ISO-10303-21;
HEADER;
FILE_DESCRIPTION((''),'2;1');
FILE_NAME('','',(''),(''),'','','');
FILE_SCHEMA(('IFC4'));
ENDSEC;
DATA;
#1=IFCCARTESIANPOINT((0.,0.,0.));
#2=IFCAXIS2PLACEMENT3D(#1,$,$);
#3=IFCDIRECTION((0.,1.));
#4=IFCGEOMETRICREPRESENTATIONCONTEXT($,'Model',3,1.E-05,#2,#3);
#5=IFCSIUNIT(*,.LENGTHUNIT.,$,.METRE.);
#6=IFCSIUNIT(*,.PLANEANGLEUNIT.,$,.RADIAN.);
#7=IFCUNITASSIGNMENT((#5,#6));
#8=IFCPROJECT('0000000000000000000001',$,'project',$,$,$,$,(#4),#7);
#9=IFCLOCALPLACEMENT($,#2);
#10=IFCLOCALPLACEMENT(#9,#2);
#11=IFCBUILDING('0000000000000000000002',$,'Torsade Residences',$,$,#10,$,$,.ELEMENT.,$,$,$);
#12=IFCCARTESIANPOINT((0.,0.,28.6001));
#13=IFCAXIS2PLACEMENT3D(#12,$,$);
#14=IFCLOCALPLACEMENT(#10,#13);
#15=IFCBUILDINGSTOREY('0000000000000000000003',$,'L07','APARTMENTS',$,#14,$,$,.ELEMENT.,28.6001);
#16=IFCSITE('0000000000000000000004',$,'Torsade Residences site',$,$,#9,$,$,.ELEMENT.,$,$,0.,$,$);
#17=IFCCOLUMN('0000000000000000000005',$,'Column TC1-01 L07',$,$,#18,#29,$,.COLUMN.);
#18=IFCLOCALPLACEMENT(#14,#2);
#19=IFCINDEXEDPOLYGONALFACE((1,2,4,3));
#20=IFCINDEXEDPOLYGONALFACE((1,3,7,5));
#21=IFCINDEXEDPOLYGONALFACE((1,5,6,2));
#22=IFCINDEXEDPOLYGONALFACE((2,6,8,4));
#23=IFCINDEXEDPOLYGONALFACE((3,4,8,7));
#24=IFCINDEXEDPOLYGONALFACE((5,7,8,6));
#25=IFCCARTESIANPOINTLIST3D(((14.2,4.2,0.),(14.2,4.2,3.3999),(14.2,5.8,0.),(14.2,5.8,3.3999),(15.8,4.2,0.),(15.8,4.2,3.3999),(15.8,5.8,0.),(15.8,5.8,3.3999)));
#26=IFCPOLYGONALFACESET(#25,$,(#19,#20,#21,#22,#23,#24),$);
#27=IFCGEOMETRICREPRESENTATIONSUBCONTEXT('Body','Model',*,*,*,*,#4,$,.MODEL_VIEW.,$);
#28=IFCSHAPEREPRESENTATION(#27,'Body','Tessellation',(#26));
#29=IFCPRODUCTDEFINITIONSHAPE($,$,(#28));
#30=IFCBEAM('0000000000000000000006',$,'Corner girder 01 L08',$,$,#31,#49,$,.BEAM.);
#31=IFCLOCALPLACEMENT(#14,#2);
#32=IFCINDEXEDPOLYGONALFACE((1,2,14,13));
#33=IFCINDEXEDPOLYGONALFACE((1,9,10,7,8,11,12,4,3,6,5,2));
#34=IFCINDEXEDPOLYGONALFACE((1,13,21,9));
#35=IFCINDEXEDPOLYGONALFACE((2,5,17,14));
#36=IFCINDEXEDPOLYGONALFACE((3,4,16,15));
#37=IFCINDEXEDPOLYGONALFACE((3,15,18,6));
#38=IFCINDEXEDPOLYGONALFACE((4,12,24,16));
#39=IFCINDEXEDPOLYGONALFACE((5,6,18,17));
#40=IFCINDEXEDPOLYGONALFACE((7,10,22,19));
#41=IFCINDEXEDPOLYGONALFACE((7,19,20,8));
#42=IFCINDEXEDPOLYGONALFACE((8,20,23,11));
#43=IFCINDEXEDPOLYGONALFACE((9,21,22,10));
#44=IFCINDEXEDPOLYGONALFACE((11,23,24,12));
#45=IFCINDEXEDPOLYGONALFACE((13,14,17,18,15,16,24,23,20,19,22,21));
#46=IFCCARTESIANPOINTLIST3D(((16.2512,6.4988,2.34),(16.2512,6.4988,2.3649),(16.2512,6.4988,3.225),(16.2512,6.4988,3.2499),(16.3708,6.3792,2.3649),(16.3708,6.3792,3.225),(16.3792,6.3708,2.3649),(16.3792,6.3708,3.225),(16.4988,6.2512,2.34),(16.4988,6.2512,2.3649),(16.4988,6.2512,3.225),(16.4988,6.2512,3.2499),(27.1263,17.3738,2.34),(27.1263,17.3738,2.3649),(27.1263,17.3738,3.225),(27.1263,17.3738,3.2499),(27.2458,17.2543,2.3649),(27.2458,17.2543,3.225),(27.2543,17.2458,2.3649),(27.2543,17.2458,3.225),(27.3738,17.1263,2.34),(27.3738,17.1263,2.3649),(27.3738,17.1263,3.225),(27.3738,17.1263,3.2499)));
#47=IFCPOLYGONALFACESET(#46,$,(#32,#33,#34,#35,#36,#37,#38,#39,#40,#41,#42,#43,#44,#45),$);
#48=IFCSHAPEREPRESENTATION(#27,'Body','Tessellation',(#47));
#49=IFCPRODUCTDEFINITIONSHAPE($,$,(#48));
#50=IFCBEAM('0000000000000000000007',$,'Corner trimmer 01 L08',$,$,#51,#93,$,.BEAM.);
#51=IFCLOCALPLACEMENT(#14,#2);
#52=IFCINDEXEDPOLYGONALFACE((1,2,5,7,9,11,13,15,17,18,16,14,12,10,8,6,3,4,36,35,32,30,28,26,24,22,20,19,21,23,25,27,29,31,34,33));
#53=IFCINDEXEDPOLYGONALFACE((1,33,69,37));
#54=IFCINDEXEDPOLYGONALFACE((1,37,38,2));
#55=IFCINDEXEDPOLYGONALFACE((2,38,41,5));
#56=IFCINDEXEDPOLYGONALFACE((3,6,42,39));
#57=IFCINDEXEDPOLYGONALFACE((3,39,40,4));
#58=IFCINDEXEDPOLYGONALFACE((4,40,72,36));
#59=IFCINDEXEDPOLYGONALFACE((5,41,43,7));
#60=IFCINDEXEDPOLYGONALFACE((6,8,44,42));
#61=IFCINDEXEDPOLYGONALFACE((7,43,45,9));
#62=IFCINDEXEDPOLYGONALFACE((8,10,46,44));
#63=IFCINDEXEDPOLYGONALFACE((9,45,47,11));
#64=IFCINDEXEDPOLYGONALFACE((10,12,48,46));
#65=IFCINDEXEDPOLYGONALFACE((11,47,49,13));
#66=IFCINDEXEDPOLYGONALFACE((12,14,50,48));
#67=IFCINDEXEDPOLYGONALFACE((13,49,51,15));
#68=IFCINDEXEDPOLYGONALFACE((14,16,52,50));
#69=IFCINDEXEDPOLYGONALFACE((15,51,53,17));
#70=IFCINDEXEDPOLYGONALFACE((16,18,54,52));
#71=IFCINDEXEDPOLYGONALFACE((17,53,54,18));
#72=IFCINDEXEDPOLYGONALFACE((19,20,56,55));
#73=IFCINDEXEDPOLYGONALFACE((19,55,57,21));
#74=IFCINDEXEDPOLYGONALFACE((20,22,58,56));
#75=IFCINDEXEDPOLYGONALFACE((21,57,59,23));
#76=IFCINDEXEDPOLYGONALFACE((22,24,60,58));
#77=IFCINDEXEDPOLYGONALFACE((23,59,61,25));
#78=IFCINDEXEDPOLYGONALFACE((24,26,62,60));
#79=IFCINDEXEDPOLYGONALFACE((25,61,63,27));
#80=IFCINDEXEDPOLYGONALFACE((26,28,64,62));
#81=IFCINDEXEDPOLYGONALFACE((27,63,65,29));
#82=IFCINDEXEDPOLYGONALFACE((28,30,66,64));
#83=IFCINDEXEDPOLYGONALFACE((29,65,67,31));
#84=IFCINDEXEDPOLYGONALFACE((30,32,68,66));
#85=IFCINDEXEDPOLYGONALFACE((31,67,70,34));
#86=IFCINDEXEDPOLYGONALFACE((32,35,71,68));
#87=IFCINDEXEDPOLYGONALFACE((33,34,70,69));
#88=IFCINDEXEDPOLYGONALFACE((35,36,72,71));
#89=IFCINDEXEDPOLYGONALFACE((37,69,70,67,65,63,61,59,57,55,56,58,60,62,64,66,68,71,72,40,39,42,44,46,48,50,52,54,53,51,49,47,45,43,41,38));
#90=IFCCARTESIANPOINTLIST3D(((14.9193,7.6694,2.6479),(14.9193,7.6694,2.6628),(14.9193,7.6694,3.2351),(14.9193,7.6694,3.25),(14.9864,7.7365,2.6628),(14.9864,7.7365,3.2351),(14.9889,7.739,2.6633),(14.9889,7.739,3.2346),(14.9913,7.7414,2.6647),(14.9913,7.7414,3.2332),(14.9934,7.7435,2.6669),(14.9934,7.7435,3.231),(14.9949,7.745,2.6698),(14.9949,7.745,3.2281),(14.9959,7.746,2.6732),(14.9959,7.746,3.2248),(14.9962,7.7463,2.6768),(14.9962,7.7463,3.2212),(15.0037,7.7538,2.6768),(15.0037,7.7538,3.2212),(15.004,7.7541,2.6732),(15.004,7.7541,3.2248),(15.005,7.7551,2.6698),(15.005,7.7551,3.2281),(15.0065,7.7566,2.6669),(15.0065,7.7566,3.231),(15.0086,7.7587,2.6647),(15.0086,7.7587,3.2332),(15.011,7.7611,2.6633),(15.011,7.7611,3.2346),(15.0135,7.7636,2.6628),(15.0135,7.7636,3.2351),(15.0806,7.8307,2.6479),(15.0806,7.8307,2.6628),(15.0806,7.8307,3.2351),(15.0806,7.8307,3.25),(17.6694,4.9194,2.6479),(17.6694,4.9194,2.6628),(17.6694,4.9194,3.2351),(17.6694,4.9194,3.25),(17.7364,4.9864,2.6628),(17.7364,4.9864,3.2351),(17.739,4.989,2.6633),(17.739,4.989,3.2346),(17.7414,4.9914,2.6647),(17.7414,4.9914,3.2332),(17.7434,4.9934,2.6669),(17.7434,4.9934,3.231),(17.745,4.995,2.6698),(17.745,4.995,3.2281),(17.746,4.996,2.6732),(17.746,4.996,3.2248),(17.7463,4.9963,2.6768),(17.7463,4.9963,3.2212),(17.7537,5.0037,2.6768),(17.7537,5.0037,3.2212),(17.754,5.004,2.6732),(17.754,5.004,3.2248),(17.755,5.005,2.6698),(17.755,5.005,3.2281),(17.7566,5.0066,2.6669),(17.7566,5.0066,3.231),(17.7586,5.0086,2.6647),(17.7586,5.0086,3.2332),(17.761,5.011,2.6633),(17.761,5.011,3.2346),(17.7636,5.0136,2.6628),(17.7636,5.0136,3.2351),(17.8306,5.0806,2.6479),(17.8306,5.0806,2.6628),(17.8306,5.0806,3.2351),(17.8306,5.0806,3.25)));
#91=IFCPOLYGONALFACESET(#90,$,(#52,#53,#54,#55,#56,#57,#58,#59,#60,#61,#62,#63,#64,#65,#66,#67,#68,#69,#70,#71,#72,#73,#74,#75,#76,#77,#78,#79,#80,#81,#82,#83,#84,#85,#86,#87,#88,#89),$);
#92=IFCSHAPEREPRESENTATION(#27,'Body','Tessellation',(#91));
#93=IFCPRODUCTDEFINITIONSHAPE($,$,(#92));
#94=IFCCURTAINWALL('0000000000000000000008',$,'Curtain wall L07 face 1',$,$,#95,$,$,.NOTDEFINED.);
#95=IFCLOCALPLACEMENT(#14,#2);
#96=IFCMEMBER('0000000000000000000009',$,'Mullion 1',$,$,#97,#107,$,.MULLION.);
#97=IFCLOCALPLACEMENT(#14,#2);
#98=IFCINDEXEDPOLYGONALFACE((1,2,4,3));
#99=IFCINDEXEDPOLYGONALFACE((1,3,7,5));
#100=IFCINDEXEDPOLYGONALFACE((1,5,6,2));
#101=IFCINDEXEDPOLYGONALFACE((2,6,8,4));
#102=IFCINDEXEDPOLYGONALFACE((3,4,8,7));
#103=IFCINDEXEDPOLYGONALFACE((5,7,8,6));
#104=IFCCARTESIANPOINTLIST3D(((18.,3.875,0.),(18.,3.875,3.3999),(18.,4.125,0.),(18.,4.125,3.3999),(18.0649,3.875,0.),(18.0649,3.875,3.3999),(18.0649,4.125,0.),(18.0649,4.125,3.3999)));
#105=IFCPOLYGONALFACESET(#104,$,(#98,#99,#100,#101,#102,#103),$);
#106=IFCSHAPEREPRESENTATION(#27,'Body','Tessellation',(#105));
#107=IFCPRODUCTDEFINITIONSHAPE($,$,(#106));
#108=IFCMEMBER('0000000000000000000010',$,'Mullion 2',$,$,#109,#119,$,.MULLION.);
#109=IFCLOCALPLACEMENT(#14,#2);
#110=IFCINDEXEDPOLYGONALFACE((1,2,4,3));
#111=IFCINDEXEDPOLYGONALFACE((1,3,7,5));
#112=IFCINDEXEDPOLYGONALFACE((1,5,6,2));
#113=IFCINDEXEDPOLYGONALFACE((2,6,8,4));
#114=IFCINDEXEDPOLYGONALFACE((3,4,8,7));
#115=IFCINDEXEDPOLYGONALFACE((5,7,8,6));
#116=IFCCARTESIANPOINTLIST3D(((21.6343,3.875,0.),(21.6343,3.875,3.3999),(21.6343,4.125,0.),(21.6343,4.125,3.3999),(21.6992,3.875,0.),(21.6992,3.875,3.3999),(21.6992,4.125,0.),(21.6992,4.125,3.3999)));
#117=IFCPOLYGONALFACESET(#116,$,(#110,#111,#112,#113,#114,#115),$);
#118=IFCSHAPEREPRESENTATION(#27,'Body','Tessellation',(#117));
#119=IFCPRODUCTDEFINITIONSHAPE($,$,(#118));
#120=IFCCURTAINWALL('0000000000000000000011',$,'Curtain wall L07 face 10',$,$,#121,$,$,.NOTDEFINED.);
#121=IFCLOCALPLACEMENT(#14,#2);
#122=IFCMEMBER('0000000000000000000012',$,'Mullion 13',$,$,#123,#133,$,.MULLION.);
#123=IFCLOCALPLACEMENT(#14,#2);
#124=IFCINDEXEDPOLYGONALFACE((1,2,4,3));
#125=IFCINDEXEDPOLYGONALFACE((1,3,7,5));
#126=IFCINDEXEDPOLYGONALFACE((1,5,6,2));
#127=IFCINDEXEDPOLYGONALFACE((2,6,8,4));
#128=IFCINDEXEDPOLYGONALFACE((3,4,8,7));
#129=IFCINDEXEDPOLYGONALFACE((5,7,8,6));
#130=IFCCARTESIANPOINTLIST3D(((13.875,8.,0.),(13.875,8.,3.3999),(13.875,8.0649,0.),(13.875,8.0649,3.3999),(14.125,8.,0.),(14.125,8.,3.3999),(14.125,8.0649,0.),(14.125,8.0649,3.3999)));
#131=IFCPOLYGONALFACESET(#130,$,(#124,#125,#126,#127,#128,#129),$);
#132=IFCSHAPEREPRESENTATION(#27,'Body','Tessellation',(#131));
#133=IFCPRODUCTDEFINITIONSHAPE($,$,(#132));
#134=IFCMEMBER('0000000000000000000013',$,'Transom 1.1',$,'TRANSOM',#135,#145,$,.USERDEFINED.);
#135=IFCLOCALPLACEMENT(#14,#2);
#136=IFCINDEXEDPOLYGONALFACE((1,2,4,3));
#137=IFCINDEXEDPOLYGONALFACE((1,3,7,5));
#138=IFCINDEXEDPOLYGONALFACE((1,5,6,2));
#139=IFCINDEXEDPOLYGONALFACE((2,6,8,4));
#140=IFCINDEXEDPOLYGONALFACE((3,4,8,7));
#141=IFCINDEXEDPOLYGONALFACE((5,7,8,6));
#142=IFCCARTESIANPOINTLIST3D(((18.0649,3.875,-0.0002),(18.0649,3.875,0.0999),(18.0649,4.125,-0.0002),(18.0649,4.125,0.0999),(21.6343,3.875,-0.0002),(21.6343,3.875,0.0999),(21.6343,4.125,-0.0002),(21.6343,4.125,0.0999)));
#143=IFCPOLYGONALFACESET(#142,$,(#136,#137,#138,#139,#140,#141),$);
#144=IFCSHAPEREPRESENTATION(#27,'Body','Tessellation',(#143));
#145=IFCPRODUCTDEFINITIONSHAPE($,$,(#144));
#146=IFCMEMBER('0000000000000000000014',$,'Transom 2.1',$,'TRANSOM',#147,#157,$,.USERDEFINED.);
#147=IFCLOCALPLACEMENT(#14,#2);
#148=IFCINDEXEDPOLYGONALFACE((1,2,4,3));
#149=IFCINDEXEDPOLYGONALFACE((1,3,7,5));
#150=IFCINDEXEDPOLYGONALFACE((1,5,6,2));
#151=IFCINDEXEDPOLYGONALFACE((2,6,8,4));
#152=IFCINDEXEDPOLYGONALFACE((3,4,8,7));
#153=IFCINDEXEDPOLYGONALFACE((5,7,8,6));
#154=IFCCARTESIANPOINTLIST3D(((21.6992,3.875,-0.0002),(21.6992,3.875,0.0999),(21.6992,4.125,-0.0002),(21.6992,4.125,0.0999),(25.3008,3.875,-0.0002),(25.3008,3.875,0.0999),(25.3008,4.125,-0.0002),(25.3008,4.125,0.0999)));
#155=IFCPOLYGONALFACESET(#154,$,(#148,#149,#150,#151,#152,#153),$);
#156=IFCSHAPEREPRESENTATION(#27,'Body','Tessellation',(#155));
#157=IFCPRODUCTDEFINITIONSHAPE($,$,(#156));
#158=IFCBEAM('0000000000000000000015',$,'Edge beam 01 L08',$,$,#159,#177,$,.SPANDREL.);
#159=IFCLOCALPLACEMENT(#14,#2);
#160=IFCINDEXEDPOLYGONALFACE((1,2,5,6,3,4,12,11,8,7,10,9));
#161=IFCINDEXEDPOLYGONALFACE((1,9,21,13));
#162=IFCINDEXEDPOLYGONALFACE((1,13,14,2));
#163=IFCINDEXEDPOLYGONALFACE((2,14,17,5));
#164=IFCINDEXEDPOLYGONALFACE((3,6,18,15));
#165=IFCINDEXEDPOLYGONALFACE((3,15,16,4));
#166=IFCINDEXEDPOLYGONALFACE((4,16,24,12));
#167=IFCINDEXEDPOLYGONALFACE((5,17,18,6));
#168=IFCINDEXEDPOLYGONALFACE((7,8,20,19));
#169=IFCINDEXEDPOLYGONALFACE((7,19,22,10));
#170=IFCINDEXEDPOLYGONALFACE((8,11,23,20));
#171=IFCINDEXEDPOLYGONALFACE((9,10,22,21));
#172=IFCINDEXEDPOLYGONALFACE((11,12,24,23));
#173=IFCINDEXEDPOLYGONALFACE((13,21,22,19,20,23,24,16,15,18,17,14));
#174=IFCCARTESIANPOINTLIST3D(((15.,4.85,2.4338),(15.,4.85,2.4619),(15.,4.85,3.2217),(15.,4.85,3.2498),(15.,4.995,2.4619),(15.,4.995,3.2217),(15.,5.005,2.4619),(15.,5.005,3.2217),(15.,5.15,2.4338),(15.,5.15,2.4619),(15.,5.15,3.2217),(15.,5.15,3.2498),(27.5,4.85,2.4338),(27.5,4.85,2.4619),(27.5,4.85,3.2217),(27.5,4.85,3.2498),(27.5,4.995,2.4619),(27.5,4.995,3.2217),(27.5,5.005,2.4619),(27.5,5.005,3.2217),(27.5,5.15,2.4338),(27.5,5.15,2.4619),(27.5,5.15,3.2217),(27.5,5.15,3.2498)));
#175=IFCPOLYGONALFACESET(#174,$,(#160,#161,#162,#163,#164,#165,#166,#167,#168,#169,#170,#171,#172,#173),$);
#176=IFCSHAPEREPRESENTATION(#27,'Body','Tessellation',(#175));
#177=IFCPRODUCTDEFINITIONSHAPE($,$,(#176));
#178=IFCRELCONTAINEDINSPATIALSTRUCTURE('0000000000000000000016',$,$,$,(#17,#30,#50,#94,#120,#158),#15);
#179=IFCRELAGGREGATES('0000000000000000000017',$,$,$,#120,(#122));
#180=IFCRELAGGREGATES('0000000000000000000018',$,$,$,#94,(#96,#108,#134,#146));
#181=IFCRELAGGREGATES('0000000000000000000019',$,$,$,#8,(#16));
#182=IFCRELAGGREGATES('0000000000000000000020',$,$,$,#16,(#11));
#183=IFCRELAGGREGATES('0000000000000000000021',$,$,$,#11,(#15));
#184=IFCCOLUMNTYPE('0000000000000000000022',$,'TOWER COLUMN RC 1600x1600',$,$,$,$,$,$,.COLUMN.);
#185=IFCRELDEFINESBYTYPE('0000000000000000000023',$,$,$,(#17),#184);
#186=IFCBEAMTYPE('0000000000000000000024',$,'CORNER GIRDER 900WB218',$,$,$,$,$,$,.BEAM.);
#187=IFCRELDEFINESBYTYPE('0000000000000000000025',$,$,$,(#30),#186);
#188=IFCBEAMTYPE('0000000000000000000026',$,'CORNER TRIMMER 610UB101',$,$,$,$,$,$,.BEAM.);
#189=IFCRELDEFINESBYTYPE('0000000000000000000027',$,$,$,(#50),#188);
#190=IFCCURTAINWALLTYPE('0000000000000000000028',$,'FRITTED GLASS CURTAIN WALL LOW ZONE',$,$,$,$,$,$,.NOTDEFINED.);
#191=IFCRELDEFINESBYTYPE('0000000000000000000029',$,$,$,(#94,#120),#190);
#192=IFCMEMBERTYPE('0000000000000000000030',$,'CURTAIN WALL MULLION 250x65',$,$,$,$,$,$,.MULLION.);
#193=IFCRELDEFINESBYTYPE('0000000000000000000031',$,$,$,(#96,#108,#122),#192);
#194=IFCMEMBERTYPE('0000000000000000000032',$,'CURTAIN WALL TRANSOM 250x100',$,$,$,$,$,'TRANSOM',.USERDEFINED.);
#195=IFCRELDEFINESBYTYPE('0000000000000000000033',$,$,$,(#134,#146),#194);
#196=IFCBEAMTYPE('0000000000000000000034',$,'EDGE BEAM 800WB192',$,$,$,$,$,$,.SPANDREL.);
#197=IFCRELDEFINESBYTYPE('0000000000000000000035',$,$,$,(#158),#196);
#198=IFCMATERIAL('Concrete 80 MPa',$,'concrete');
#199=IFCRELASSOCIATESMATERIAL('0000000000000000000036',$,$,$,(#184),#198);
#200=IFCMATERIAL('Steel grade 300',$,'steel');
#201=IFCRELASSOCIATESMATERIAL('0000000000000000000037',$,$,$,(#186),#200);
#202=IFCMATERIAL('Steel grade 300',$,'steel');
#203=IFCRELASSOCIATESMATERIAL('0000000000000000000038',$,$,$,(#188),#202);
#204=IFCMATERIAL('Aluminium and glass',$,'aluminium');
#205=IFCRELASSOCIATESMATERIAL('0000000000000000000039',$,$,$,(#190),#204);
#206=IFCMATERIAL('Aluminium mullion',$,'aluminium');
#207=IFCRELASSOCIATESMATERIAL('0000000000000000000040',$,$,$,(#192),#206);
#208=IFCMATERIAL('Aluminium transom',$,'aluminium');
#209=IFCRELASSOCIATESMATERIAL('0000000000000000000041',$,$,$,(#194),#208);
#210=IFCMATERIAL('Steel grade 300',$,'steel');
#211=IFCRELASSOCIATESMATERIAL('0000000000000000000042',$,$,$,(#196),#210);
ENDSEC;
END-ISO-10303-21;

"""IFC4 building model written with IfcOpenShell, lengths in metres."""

from ifc_helpers import new_model, si_unit, direction, frame, origin, origin_2d, place, context, subcontext, project, spatial, rectangle, i_section, extrude, material, material_profile, profile_set, type_object, element, aggregate, save


model = new_model("IFC4")

# Units and contexts
model_context = context("Model", 3, precision=1e-05, world=origin(), true_north=direction((0.0, 1.0)))
body_context = subcontext(model_context, "Body", "Model", "MODEL_VIEW")
ifc_project = project(units=[si_unit("LENGTHUNIT", "METRE"), si_unit("PLANEANGLEUNIT", "RADIAN")], contexts=[model_context])

# Site, building, storey
site_placement = place(None, origin())
site = spatial("IfcSite", under=ifc_project, at=site_placement, Name="Torsade Residences site", CompositionType="ELEMENT", RefElevation=0.0)
building_placement = place(site_placement, origin())
building = spatial("IfcBuilding", under=site, at=building_placement, Name="Torsade Residences", CompositionType="ELEMENT")
storey_placement = place(building_placement, frame((0.0, 0.0, 28.6001)))
storey = spatial("IfcBuildingStorey", under=building, at=storey_placement, Name="L07", Description="APARTMENTS", CompositionType="ELEMENT", Elevation=28.6001)

# Column
ifc_material_1 = material(Name="Concrete 80 MPa", Category="concrete")
ifc_material_profile_1 = material_profile(ifc_material_1, rectangle(XDim=1.6001, YDim=1.6001, at=origin_2d()), Name="RC 1600x1600")
ifc_profile_set_1 = profile_set([ifc_material_profile_1], Name="Concrete 80 MPa")
column_type = type_object("IfcColumnType", Name="TOWER COLUMN RC 1600x1600", PredefinedType="COLUMN", material=ifc_profile_set_1)
column_placement = place(storey_placement, frame((15.0, 5.0, 0.0), z_axis=(0.0, 0.0, 1.0), x_axis=(1.0, 0.0, 0.0)))
element("IfcColumn", 1, at=column_placement, inside=storey, type_object=column_type, Name="Column TC1-01 L07", PredefinedType="COLUMN", context=body_context, shape_type="SweptSolid", body=[
    extrude(rectangle(XDim=1.6001, YDim=1.6001, at=origin_2d()), origin(), (0.0, 0.0, 1.0), 3.3999),
])

# Beams
ifc_material_2 = material(Name="Steel grade 300", Category="steel")
ifc_material_profile_2 = material_profile(ifc_material_2, i_section(OverallWidth=0.3501, OverallDepth=0.9099, WebThickness=0.012, FlangeThickness=0.0249, at=origin_2d()), Name="900WB218")
ifc_profile_set_2 = profile_set([ifc_material_profile_2], Name="Steel grade 300")
beam_type_1 = type_object("IfcBeamType", Name="CORNER GIRDER 900WB218", PredefinedType="BEAM", material=ifc_profile_set_2)
beam_1_placement = place(storey_placement, frame((16.375, 6.375, 2.7949), z_axis=(0.707107, 0.707107, 0.0), x_axis=(-0.707107, 0.707107, 0.0)))
element("IfcBeam", 2, at=beam_1_placement, inside=storey, type_object=beam_type_1, Name="Corner girder 01 L08", PredefinedType="BEAM", context=body_context, shape_type="SweptSolid", body=[
    extrude(i_section(OverallWidth=0.3501, OverallDepth=0.9099, WebThickness=0.012, FlangeThickness=0.0249, at=origin_2d()), origin(), (0.0, 0.0, 1.0), 15.3796),
])
ifc_material_3 = material(Name="Steel grade 300", Category="steel")
ifc_material_profile_3 = material_profile(ifc_material_3, i_section(OverallWidth=0.228, OverallDepth=0.6021, WebThickness=0.0105, FlangeThickness=0.0149, FilletRadius=0.0139, at=origin_2d()), Name="610UB101")
ifc_profile_set_3 = profile_set([ifc_material_profile_3], Name="Steel grade 300")
beam_type_2 = type_object("IfcBeamType", Name="CORNER TRIMMER 610UB101", PredefinedType="BEAM", material=ifc_profile_set_3)
beam_2_placement = place(storey_placement, frame((17.75, 5.0, 2.949), z_axis=(-0.707107, 0.707107, 0.0), x_axis=(-0.707107, -0.707107, 0.0)))
element("IfcBeam", 3, at=beam_2_placement, inside=storey, type_object=beam_type_2, Name="Corner trimmer 01 L08", PredefinedType="BEAM", context=body_context, shape_type="SweptSolid", body=[
    extrude(i_section(OverallWidth=0.228, OverallDepth=0.6021, WebThickness=0.0105, FlangeThickness=0.0149, FilletRadius=0.0139, at=origin_2d()), origin(), (0.0, 0.0, 1.0), 3.8892),
])

# Curtain wall, members
ifc_material_4 = material(Name="Aluminium and glass", Category="aluminium")
curtain_wall_type = type_object("IfcCurtainWallType", Name="FRITTED GLASS CURTAIN WALL LOW ZONE", PredefinedType="NOTDEFINED", material=ifc_material_4)
curtain_wall_1_placement = place(storey_placement, origin())
curtain_wall_1 = element("IfcCurtainWall", 4, at=curtain_wall_1_placement, inside=storey, type_object=curtain_wall_type, Name="Curtain wall L07 face 1", PredefinedType="NOTDEFINED")
ifc_material_5 = material(Name="Aluminium mullion", Category="aluminium")
ifc_material_profile_4 = material_profile(ifc_material_5, rectangle(XDim=0.25, YDim=0.0649, at=origin_2d()), Name="CURTAIN WALL MULLION 250x65")
ifc_profile_set_4 = profile_set([ifc_material_profile_4], Name="Aluminium mullion")
member_type_1 = type_object("IfcMemberType", Name="CURTAIN WALL MULLION 250x65", PredefinedType="MULLION", material=ifc_profile_set_4)
member_1_placement = place(storey_placement, frame((18.0325, 4.0, 0.0), z_axis=(0.0, 0.0, 1.0), x_axis=(0.0, 1.0, 0.0)))
member_1 = element("IfcMember", 5, at=member_1_placement, type_object=member_type_1, Name="Mullion 1", PredefinedType="MULLION", context=body_context, shape_type="SweptSolid", body=[
    extrude(rectangle(XDim=0.25, YDim=0.0649, at=origin_2d()), origin(), (0.0, 0.0, 1.0), 3.3999),
])
member_2_placement = place(storey_placement, frame((21.6667, 4.0, 0.0), z_axis=(0.0, 0.0, 1.0), x_axis=(0.0, 1.0, 0.0)))
member_2 = element("IfcMember", 6, at=member_2_placement, type_object=member_type_1, Name="Mullion 2", PredefinedType="MULLION", context=body_context, shape_type="SweptSolid", body=[
    extrude(rectangle(XDim=0.25, YDim=0.0649, at=origin_2d()), origin(), (0.0, 0.0, 1.0), 3.3999),
])

# Curtain wall, member
curtain_wall_2_placement = place(storey_placement, origin())
curtain_wall_2 = element("IfcCurtainWall", 7, at=curtain_wall_2_placement, inside=storey, type_object=curtain_wall_type, Name="Curtain wall L07 face 10", PredefinedType="NOTDEFINED")
member_3_placement = place(storey_placement, frame((14.0, 8.0325, 0.0), z_axis=(0.0, 0.0, 1.0), x_axis=(1.0, 0.0, 0.0)))
member_3 = element("IfcMember", 8, at=member_3_placement, type_object=member_type_1, Name="Mullion 13", PredefinedType="MULLION", context=body_context, shape_type="SweptSolid", body=[
    extrude(rectangle(XDim=0.25, YDim=0.0649, at=origin_2d()), origin(), (0.0, 0.0, 1.0), 3.3999),
])

# Members
ifc_material_6 = material(Name="Aluminium transom", Category="aluminium")
ifc_material_profile_5 = material_profile(ifc_material_6, rectangle(XDim=0.25, YDim=0.1001, at=origin_2d()), Name="CURTAIN WALL TRANSOM 250x100")
ifc_profile_set_5 = profile_set([ifc_material_profile_5], Name="Aluminium transom")
member_type_2 = type_object("IfcMemberType", Name="CURTAIN WALL TRANSOM 250x100", ElementType="TRANSOM", PredefinedType="USERDEFINED", material=ifc_profile_set_5)
member_4_placement = place(storey_placement, frame((18.0649, 4.0, 0.0498), z_axis=(1.0, 0.0, 0.0), x_axis=(0.0, 1.0, 0.0)))
member_4 = element("IfcMember", 9, at=member_4_placement, type_object=member_type_2, Name="Transom 1.1", ObjectType="TRANSOM", PredefinedType="USERDEFINED", context=body_context, shape_type="SweptSolid", body=[
    extrude(rectangle(XDim=0.25, YDim=0.1001, at=origin_2d()), origin(), (0.0, 0.0, 1.0), 3.5693),
])
member_5_placement = place(storey_placement, frame((21.6992, 4.0, 0.0498), z_axis=(1.0, 0.0, 0.0), x_axis=(0.0, 1.0, 0.0)))
member_5 = element("IfcMember", 10, at=member_5_placement, type_object=member_type_2, Name="Transom 2.1", ObjectType="TRANSOM", PredefinedType="USERDEFINED", context=body_context, shape_type="SweptSolid", body=[
    extrude(rectangle(XDim=0.25, YDim=0.1001, at=origin_2d()), origin(), (0.0, 0.0, 1.0), 3.6016),
])

# Beam
ifc_material_7 = material(Name="Steel grade 300", Category="steel")
ifc_material_profile_6 = material_profile(ifc_material_7, i_section(OverallWidth=0.3, OverallDepth=0.8159, WebThickness=0.01, FlangeThickness=0.0281, at=origin_2d()), Name="800WB192")
ifc_profile_set_6 = profile_set([ifc_material_profile_6], Name="Steel grade 300")
beam_type_3 = type_object("IfcBeamType", Name="EDGE BEAM 800WB192", PredefinedType="SPANDREL", material=ifc_profile_set_6)
beam_3_placement = place(storey_placement, frame((15.0, 5.0, 2.8418), z_axis=(1.0, 0.0, 0.0), x_axis=(0.0, 1.0, 0.0)))
element("IfcBeam", 11, at=beam_3_placement, inside=storey, type_object=beam_type_3, Name="Edge beam 01 L08", PredefinedType="SPANDREL", context=body_context, shape_type="SweptSolid", body=[
    extrude(i_section(OverallWidth=0.3, OverallDepth=0.8159, WebThickness=0.01, FlangeThickness=0.0281, at=origin_2d()), origin(), (0.0, 0.0, 1.0), 12.5),
])

aggregate(curtain_wall_2, [member_3])
aggregate(curtain_wall_1, [member_1, member_2, member_4, member_5])

save(model, "model.ifc")
